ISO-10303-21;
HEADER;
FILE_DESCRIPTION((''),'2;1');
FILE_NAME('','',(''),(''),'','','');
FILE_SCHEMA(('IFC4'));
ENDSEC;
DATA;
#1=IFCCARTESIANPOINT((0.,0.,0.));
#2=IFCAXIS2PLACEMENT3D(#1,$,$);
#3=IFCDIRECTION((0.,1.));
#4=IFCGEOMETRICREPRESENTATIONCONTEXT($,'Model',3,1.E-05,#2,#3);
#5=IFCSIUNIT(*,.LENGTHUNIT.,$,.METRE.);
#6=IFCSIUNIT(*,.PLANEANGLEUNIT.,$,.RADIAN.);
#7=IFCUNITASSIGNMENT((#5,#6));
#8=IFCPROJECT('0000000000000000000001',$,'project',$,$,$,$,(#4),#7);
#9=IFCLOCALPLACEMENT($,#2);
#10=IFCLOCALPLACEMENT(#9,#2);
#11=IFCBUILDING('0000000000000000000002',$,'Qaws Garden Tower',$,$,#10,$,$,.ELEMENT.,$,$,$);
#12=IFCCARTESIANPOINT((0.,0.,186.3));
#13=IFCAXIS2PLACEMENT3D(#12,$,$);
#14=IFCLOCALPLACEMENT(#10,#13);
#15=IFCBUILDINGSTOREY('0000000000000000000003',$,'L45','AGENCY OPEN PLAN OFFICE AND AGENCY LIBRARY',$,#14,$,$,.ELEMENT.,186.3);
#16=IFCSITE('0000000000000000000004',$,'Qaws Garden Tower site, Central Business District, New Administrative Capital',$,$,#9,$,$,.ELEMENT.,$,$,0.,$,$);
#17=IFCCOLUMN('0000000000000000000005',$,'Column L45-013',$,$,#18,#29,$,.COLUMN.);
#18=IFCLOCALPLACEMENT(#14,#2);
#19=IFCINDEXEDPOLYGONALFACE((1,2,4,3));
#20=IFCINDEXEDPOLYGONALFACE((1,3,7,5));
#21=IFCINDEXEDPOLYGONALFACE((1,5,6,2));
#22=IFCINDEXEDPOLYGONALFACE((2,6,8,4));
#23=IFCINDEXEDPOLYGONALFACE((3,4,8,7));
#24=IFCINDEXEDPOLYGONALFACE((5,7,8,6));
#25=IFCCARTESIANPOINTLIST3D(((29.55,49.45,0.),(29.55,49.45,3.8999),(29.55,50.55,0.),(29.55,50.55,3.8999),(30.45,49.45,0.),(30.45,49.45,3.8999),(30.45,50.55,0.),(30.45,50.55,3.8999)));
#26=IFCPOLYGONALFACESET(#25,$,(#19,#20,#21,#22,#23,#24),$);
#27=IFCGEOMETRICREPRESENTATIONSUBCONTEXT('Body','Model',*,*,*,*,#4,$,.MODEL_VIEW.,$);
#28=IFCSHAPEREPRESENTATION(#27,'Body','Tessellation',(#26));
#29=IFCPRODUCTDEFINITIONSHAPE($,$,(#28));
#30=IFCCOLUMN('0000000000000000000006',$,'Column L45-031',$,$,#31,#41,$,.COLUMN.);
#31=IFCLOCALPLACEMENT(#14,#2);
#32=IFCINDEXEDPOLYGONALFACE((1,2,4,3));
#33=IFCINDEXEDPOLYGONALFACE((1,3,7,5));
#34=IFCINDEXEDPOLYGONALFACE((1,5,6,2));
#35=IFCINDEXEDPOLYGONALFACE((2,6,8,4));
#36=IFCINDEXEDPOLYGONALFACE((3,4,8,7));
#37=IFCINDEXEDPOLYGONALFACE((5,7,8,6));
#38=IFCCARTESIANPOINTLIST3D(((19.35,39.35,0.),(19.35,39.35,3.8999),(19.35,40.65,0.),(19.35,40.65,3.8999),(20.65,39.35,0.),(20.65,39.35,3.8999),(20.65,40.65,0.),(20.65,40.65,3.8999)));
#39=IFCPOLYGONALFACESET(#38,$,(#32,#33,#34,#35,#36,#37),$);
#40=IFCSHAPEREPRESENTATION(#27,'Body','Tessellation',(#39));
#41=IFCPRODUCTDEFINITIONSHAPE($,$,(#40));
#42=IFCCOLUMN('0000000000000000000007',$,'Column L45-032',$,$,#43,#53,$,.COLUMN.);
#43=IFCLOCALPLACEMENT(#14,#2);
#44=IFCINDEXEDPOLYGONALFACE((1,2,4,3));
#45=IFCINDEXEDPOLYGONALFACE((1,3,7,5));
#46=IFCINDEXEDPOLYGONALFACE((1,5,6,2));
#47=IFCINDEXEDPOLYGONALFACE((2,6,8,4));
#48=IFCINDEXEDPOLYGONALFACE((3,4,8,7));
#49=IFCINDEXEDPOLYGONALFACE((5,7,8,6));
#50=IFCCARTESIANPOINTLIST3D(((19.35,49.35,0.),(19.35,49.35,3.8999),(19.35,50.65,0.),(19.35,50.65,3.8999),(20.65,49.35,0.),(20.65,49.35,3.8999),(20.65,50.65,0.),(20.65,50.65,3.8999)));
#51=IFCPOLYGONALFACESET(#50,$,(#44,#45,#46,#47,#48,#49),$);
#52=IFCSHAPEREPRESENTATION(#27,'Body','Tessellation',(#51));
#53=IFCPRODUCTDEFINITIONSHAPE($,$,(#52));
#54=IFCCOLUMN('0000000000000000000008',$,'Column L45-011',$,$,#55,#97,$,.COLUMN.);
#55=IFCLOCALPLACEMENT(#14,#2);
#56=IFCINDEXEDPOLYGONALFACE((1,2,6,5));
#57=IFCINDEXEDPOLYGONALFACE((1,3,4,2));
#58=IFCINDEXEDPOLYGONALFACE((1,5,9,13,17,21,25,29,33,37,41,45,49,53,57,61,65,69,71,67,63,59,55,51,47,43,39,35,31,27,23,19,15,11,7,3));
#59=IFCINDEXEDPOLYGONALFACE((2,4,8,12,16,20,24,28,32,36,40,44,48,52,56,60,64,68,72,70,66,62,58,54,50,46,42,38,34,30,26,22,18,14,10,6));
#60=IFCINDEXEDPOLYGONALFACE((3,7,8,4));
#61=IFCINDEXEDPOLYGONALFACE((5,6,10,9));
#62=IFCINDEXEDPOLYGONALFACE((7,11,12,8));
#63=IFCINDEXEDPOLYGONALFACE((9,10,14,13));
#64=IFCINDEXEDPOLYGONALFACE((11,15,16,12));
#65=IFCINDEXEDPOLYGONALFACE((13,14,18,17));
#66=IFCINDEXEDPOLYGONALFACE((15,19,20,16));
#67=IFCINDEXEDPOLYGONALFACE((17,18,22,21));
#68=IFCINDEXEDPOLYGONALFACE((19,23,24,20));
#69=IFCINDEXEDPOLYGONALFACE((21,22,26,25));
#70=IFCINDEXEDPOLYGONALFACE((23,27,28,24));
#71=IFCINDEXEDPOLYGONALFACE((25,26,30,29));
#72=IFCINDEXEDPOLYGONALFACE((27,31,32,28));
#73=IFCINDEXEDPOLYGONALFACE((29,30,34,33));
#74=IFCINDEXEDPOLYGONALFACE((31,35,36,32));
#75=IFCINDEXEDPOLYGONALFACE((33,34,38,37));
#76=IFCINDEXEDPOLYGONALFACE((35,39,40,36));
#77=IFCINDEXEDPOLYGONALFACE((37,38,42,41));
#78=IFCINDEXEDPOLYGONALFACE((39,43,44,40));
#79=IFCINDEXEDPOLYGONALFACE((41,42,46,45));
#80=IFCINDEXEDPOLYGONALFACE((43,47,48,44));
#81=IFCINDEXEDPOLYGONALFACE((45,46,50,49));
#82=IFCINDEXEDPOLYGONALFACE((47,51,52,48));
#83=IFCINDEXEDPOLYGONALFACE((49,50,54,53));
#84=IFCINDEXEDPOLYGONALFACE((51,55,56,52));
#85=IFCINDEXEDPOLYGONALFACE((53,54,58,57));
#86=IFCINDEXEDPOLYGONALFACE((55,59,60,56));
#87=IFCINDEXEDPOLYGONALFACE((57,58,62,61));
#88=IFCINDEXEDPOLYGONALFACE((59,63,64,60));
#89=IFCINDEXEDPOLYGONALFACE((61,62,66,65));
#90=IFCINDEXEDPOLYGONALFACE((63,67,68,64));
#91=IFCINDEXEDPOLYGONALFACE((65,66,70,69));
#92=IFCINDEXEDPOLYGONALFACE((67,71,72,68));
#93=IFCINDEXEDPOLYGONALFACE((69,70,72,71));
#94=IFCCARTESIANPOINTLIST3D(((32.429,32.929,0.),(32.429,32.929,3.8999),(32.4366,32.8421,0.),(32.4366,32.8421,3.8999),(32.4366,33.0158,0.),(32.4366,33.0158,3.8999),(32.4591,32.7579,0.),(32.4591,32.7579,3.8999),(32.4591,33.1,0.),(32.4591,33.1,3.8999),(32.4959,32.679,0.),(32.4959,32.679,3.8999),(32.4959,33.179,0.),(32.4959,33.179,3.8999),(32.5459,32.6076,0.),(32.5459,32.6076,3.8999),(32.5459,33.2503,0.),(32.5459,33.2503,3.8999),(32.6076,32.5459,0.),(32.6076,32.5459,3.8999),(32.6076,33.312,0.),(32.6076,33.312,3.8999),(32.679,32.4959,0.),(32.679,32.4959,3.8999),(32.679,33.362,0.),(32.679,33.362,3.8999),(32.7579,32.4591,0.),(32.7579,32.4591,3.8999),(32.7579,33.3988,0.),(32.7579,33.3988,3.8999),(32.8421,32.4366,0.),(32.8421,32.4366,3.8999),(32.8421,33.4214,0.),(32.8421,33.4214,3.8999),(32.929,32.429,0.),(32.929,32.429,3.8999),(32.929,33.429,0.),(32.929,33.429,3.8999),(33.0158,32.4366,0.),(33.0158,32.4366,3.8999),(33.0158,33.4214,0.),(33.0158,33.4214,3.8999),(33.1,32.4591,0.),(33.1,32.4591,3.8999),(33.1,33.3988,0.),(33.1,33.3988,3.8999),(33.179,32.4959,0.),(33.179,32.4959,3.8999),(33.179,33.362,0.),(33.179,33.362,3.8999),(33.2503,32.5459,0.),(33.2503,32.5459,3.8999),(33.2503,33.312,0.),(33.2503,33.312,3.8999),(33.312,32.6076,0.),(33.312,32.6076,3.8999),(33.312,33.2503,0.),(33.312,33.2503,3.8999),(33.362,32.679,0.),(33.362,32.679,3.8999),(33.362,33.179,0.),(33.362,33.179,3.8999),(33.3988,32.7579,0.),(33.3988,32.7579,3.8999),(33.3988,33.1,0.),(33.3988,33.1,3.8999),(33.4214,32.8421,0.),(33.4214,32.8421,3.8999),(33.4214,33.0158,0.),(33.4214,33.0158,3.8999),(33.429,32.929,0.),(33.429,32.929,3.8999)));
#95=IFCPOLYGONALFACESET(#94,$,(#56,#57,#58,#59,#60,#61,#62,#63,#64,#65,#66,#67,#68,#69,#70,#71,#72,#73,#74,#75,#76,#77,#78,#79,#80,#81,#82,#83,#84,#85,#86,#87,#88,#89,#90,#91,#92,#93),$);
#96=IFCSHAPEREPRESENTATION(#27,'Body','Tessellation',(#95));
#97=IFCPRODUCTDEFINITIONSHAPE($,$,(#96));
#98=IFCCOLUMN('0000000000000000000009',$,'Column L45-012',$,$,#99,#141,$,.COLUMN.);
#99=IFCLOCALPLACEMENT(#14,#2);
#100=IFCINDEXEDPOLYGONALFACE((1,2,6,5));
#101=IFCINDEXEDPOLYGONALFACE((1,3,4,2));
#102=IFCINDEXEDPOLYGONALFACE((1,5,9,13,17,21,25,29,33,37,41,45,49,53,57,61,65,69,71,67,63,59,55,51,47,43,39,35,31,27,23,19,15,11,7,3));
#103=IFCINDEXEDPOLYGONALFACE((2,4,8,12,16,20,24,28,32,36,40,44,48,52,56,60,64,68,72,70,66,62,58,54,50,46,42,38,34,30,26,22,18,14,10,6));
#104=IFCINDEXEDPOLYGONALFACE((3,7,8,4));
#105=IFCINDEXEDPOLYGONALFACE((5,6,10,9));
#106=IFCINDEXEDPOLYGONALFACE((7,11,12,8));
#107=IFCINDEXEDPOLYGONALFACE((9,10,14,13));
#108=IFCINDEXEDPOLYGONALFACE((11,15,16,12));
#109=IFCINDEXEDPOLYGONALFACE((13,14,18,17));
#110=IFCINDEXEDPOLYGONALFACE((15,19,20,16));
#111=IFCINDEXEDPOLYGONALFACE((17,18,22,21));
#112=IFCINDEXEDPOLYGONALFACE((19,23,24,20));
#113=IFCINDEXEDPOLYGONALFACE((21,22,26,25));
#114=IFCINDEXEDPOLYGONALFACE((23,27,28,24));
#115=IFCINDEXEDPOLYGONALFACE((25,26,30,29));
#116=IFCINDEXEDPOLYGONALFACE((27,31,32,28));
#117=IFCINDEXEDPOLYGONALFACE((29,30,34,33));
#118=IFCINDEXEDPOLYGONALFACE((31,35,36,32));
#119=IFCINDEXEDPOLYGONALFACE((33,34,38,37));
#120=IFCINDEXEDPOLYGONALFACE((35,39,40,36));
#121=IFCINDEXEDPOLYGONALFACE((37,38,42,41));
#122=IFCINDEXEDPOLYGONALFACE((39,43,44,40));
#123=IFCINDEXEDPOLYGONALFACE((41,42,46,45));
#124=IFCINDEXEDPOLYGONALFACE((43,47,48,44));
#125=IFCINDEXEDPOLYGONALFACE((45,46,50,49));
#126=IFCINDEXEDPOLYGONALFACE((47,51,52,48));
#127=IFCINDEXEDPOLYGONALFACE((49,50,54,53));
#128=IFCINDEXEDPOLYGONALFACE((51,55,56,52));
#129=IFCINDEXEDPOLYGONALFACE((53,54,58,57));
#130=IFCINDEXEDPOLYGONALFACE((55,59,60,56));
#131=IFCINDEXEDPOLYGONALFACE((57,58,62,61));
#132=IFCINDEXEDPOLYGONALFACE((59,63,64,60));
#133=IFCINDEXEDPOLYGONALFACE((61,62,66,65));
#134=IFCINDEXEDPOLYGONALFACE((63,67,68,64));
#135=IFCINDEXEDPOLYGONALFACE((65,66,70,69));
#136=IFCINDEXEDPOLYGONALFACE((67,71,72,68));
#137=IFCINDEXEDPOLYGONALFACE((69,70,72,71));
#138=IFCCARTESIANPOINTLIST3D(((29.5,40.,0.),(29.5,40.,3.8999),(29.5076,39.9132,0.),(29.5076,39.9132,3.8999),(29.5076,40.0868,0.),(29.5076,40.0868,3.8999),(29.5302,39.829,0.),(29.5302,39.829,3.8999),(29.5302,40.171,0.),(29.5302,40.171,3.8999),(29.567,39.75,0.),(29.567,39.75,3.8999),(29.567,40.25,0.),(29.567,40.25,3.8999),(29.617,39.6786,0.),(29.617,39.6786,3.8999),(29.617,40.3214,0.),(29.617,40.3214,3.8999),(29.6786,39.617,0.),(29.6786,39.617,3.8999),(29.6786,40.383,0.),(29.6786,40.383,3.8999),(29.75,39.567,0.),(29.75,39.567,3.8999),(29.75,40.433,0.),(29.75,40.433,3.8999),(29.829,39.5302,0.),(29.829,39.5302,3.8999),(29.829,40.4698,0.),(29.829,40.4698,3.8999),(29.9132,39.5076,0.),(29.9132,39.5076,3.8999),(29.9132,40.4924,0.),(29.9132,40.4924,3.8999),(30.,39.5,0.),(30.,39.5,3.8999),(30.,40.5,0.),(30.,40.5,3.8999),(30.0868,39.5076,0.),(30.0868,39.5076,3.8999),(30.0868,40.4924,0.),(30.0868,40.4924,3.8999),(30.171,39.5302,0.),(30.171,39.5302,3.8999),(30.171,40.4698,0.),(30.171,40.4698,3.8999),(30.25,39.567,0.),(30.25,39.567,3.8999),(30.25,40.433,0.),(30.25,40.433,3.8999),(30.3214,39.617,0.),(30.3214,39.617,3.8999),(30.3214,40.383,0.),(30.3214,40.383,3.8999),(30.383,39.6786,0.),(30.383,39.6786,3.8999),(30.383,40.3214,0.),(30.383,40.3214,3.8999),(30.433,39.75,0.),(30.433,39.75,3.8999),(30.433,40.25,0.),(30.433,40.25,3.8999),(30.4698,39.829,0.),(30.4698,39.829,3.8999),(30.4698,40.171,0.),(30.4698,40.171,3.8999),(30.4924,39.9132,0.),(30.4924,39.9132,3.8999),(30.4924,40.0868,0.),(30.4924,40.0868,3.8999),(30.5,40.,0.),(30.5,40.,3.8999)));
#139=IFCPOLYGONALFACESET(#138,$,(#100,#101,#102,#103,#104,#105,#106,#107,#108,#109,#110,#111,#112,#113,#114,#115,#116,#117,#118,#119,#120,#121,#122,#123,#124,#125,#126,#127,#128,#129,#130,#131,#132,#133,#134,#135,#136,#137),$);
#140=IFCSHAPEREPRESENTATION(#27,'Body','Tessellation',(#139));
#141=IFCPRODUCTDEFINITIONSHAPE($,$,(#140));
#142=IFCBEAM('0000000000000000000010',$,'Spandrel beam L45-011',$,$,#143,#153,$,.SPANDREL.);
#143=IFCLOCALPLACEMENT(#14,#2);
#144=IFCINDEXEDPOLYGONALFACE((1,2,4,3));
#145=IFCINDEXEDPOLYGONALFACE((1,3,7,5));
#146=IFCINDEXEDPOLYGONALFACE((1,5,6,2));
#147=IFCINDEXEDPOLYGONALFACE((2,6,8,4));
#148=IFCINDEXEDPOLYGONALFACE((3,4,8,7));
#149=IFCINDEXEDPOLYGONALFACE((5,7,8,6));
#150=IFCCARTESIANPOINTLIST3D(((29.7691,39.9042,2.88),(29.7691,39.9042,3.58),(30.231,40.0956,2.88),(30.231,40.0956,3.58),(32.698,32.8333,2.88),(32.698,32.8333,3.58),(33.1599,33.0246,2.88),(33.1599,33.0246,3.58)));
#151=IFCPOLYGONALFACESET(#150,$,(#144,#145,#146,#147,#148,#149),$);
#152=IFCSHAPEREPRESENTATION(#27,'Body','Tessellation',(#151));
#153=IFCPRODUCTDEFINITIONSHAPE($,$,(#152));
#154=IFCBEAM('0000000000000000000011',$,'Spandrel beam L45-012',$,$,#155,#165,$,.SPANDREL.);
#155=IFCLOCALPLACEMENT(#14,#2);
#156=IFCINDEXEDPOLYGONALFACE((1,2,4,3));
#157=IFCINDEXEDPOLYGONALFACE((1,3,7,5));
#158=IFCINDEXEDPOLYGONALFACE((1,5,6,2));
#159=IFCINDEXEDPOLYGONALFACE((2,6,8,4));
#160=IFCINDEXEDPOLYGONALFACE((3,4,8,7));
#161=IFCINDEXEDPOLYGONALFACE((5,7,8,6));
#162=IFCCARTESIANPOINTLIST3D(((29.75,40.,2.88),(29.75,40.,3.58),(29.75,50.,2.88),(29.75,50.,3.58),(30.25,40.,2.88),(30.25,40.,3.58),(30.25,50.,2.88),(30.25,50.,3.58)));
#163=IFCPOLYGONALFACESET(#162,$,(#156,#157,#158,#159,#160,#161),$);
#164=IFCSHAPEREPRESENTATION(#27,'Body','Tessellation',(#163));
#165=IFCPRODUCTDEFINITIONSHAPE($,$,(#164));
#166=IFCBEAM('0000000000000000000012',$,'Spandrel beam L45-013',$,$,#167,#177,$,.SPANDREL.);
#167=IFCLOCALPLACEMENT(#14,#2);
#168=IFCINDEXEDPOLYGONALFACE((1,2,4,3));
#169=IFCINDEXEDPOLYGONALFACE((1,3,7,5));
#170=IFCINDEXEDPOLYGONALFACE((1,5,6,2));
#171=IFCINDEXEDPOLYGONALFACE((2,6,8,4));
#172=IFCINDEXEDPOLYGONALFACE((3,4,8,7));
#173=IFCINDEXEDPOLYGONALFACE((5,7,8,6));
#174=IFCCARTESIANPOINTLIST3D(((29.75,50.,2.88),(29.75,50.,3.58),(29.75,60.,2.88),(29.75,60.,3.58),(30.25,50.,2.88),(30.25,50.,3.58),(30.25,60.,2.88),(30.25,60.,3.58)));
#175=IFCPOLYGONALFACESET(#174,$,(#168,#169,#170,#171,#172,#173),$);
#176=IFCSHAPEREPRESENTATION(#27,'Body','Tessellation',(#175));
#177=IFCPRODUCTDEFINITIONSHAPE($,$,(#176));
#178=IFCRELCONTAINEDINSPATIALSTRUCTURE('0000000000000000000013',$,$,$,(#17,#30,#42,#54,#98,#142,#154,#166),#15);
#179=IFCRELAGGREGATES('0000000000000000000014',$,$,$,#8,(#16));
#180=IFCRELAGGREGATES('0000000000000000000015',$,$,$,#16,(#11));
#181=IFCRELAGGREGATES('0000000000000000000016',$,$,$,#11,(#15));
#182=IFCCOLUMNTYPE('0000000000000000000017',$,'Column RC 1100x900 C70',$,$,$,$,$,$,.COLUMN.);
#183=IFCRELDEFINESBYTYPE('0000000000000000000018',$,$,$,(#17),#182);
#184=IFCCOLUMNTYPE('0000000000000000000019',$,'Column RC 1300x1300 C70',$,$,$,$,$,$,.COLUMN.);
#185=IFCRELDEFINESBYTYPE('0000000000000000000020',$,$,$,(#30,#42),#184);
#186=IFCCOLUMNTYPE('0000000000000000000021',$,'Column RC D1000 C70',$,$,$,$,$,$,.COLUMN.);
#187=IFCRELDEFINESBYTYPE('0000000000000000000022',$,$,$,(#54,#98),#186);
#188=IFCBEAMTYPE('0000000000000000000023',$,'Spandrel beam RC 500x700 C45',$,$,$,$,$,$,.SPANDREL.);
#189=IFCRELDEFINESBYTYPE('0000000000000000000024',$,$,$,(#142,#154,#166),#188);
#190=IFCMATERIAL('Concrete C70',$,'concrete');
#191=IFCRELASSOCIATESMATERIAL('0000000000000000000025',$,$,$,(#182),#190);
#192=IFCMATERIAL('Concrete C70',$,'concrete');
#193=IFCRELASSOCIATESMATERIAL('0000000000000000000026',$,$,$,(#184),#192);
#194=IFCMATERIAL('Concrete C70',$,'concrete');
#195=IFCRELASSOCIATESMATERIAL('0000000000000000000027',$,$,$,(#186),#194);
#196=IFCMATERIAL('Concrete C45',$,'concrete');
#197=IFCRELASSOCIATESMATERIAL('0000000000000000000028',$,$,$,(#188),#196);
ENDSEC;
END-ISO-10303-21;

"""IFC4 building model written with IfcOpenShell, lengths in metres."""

from ifc_helpers import new_model, si_unit, direction, frame, origin, origin_2d, place, context, subcontext, project, spatial, rectangle, circle, extrude, material, material_profile, profile_set, type_object, element, save


model = new_model("IFC4")

# Units and contexts
model_context = context("Model", 3, precision=1e-05, world=origin(), true_north=direction((0.0, 1.0)))
body_context = subcontext(model_context, "Body", "Model", "MODEL_VIEW")
ifc_project = project(units=[si_unit("LENGTHUNIT", "METRE"), si_unit("PLANEANGLEUNIT", "RADIAN")], contexts=[model_context])

# Site, building, storey
site_placement = place(None, origin())
site = spatial("IfcSite", under=ifc_project, at=site_placement, Name="Qaws Garden Tower site, Central Business District, New Administrative Capital", CompositionType="ELEMENT", RefElevation=0.0)
building_placement = place(site_placement, origin())
building = spatial("IfcBuilding", under=site, at=building_placement, Name="Qaws Garden Tower", CompositionType="ELEMENT")
storey_placement = place(building_placement, frame((0.0, 0.0, 186.3)))
storey = spatial("IfcBuildingStorey", under=building, at=storey_placement, Name="L45", Description="AGENCY OPEN PLAN OFFICE AND AGENCY LIBRARY", CompositionType="ELEMENT", Elevation=186.3)

# Columns
ifc_material_1 = material(Name="Concrete C70", Category="concrete")
ifc_material_profile_1 = material_profile(ifc_material_1, rectangle(XDim=1.1001, YDim=0.8999, at=origin_2d()), Name="RC 1100x900")
ifc_profile_set_1 = profile_set([ifc_material_profile_1], Name="Concrete C70")
column_type_1 = type_object("IfcColumnType", Name="Column RC 1100x900 C70", PredefinedType="COLUMN", material=ifc_profile_set_1)
column_placement = place(storey_placement, frame((30.0, 50.0, 0.0), z_axis=(0.0, 0.0, 1.0), x_axis=(0.0, 1.0, 0.0)))
element("IfcColumn", 1, at=column_placement, inside=storey, type_object=column_type_1, Name="Column L45-013", PredefinedType="COLUMN", context=body_context, shape_type="SweptSolid", body=[
    extrude(rectangle(XDim=1.1001, YDim=0.8999, at=origin_2d()), origin(), (0.0, 0.0, 1.0), 3.8999),
])
ifc_material_2 = material(Name="Concrete C70", Category="concrete")
ifc_material_profile_2 = material_profile(ifc_material_2, rectangle(XDim=1.3, YDim=1.3, at=origin_2d()), Name="RC 1300x1300")
ifc_profile_set_2 = profile_set([ifc_material_profile_2], Name="Concrete C70")
column_type_2 = type_object("IfcColumnType", Name="Column RC 1300x1300 C70", PredefinedType="COLUMN", material=ifc_profile_set_2)
for number, where, z_axis, x_axis, name in (
    (2, (20.0, 40.0, 0.0), (0.0, 0.0, 1.0), (1.0, 0.0, 0.0), "Column L45-031"),
    (3, (20.0, 50.0, 0.0), (0.0, 0.0, 1.0), (1.0, 0.0, 0.0), "Column L45-032"),
):
    element("IfcColumn", number, at=place(storey_placement, frame(where, z_axis=z_axis, x_axis=x_axis)), inside=storey, type_object=column_type_2, Name=name, PredefinedType="COLUMN", context=body_context, shape_type="SweptSolid", body=[
        extrude(rectangle(XDim=1.3, YDim=1.3, at=origin_2d()), origin(), (0.0, 0.0, 1.0), 3.8999),
    ])
ifc_material_3 = material(Name="Concrete C70", Category="concrete")
ifc_material_profile_3 = material_profile(ifc_material_3, circle(Radius=0.5, at=origin_2d()), Name="RC D1000")
ifc_profile_set_3 = profile_set([ifc_material_profile_3], Name="Concrete C70")
column_type_3 = type_object("IfcColumnType", Name="Column RC D1000 C70", PredefinedType="COLUMN", material=ifc_profile_set_3)
for number, where, z_axis, x_axis, name in (
    (4, (32.929, 32.929, 0.0), (0.0, 0.0, 1.0), (1.0, 0.0, 0.0), "Column L45-011"),
    (5, (30.0, 40.0, 0.0), (0.0, 0.0, 1.0), (1.0, 0.0, 0.0), "Column L45-012"),
):
    element("IfcColumn", number, at=place(storey_placement, frame(where, z_axis=z_axis, x_axis=x_axis)), inside=storey, type_object=column_type_3, Name=name, PredefinedType="COLUMN", context=body_context, shape_type="SweptSolid", body=[
        extrude(circle(Radius=0.5, at=origin_2d()), origin(), (0.0, 0.0, 1.0), 3.8999),
    ])

# Beams
ifc_material_4 = material(Name="Concrete C45", Category="concrete")
ifc_material_profile_4 = material_profile(ifc_material_4, rectangle(XDim=0.5, YDim=0.7, at=origin_2d()), Name="RC 500x700")
ifc_profile_set_4 = profile_set([ifc_material_profile_4], Name="Concrete C45")
beam_type = type_object("IfcBeamType", Name="Spandrel beam RC 500x700 C45", PredefinedType="SPANDREL", material=ifc_profile_set_4)
beam_placement = place(storey_placement, frame((32.929, 32.929, 3.23), z_axis=(-0.382687, 0.923878, 0.0), x_axis=(-0.923878, -0.382687, 0.0)))
element("IfcBeam", 6, at=beam_placement, inside=storey, type_object=beam_type, Name="Spandrel beam L45-011", PredefinedType="SPANDREL", context=body_context, shape_type="SweptSolid", body=[
    extrude(rectangle(XDim=0.5, YDim=0.7, at=origin_2d()), origin(), (0.0, 0.0, 1.0), 7.6536),
])
for number, where, z_axis, x_axis, name in (
    (7, (30.0, 40.0, 3.23), (0.0, 1.0, 0.0), (-1.0, 0.0, 0.0), "Spandrel beam L45-012"),
    (8, (30.0, 50.0, 3.23), (0.0, 1.0, 0.0), (-1.0, 0.0, 0.0), "Spandrel beam L45-013"),
):
    element("IfcBeam", number, at=place(storey_placement, frame(where, z_axis=z_axis, x_axis=x_axis)), inside=storey, type_object=beam_type, Name=name, PredefinedType="SPANDREL", context=body_context, shape_type="SweptSolid", body=[
        extrude(rectangle(XDim=0.5, YDim=0.7, at=origin_2d()), origin(), (0.0, 0.0, 1.0), 10.0),
    ])

save(model, "model.ifc")
